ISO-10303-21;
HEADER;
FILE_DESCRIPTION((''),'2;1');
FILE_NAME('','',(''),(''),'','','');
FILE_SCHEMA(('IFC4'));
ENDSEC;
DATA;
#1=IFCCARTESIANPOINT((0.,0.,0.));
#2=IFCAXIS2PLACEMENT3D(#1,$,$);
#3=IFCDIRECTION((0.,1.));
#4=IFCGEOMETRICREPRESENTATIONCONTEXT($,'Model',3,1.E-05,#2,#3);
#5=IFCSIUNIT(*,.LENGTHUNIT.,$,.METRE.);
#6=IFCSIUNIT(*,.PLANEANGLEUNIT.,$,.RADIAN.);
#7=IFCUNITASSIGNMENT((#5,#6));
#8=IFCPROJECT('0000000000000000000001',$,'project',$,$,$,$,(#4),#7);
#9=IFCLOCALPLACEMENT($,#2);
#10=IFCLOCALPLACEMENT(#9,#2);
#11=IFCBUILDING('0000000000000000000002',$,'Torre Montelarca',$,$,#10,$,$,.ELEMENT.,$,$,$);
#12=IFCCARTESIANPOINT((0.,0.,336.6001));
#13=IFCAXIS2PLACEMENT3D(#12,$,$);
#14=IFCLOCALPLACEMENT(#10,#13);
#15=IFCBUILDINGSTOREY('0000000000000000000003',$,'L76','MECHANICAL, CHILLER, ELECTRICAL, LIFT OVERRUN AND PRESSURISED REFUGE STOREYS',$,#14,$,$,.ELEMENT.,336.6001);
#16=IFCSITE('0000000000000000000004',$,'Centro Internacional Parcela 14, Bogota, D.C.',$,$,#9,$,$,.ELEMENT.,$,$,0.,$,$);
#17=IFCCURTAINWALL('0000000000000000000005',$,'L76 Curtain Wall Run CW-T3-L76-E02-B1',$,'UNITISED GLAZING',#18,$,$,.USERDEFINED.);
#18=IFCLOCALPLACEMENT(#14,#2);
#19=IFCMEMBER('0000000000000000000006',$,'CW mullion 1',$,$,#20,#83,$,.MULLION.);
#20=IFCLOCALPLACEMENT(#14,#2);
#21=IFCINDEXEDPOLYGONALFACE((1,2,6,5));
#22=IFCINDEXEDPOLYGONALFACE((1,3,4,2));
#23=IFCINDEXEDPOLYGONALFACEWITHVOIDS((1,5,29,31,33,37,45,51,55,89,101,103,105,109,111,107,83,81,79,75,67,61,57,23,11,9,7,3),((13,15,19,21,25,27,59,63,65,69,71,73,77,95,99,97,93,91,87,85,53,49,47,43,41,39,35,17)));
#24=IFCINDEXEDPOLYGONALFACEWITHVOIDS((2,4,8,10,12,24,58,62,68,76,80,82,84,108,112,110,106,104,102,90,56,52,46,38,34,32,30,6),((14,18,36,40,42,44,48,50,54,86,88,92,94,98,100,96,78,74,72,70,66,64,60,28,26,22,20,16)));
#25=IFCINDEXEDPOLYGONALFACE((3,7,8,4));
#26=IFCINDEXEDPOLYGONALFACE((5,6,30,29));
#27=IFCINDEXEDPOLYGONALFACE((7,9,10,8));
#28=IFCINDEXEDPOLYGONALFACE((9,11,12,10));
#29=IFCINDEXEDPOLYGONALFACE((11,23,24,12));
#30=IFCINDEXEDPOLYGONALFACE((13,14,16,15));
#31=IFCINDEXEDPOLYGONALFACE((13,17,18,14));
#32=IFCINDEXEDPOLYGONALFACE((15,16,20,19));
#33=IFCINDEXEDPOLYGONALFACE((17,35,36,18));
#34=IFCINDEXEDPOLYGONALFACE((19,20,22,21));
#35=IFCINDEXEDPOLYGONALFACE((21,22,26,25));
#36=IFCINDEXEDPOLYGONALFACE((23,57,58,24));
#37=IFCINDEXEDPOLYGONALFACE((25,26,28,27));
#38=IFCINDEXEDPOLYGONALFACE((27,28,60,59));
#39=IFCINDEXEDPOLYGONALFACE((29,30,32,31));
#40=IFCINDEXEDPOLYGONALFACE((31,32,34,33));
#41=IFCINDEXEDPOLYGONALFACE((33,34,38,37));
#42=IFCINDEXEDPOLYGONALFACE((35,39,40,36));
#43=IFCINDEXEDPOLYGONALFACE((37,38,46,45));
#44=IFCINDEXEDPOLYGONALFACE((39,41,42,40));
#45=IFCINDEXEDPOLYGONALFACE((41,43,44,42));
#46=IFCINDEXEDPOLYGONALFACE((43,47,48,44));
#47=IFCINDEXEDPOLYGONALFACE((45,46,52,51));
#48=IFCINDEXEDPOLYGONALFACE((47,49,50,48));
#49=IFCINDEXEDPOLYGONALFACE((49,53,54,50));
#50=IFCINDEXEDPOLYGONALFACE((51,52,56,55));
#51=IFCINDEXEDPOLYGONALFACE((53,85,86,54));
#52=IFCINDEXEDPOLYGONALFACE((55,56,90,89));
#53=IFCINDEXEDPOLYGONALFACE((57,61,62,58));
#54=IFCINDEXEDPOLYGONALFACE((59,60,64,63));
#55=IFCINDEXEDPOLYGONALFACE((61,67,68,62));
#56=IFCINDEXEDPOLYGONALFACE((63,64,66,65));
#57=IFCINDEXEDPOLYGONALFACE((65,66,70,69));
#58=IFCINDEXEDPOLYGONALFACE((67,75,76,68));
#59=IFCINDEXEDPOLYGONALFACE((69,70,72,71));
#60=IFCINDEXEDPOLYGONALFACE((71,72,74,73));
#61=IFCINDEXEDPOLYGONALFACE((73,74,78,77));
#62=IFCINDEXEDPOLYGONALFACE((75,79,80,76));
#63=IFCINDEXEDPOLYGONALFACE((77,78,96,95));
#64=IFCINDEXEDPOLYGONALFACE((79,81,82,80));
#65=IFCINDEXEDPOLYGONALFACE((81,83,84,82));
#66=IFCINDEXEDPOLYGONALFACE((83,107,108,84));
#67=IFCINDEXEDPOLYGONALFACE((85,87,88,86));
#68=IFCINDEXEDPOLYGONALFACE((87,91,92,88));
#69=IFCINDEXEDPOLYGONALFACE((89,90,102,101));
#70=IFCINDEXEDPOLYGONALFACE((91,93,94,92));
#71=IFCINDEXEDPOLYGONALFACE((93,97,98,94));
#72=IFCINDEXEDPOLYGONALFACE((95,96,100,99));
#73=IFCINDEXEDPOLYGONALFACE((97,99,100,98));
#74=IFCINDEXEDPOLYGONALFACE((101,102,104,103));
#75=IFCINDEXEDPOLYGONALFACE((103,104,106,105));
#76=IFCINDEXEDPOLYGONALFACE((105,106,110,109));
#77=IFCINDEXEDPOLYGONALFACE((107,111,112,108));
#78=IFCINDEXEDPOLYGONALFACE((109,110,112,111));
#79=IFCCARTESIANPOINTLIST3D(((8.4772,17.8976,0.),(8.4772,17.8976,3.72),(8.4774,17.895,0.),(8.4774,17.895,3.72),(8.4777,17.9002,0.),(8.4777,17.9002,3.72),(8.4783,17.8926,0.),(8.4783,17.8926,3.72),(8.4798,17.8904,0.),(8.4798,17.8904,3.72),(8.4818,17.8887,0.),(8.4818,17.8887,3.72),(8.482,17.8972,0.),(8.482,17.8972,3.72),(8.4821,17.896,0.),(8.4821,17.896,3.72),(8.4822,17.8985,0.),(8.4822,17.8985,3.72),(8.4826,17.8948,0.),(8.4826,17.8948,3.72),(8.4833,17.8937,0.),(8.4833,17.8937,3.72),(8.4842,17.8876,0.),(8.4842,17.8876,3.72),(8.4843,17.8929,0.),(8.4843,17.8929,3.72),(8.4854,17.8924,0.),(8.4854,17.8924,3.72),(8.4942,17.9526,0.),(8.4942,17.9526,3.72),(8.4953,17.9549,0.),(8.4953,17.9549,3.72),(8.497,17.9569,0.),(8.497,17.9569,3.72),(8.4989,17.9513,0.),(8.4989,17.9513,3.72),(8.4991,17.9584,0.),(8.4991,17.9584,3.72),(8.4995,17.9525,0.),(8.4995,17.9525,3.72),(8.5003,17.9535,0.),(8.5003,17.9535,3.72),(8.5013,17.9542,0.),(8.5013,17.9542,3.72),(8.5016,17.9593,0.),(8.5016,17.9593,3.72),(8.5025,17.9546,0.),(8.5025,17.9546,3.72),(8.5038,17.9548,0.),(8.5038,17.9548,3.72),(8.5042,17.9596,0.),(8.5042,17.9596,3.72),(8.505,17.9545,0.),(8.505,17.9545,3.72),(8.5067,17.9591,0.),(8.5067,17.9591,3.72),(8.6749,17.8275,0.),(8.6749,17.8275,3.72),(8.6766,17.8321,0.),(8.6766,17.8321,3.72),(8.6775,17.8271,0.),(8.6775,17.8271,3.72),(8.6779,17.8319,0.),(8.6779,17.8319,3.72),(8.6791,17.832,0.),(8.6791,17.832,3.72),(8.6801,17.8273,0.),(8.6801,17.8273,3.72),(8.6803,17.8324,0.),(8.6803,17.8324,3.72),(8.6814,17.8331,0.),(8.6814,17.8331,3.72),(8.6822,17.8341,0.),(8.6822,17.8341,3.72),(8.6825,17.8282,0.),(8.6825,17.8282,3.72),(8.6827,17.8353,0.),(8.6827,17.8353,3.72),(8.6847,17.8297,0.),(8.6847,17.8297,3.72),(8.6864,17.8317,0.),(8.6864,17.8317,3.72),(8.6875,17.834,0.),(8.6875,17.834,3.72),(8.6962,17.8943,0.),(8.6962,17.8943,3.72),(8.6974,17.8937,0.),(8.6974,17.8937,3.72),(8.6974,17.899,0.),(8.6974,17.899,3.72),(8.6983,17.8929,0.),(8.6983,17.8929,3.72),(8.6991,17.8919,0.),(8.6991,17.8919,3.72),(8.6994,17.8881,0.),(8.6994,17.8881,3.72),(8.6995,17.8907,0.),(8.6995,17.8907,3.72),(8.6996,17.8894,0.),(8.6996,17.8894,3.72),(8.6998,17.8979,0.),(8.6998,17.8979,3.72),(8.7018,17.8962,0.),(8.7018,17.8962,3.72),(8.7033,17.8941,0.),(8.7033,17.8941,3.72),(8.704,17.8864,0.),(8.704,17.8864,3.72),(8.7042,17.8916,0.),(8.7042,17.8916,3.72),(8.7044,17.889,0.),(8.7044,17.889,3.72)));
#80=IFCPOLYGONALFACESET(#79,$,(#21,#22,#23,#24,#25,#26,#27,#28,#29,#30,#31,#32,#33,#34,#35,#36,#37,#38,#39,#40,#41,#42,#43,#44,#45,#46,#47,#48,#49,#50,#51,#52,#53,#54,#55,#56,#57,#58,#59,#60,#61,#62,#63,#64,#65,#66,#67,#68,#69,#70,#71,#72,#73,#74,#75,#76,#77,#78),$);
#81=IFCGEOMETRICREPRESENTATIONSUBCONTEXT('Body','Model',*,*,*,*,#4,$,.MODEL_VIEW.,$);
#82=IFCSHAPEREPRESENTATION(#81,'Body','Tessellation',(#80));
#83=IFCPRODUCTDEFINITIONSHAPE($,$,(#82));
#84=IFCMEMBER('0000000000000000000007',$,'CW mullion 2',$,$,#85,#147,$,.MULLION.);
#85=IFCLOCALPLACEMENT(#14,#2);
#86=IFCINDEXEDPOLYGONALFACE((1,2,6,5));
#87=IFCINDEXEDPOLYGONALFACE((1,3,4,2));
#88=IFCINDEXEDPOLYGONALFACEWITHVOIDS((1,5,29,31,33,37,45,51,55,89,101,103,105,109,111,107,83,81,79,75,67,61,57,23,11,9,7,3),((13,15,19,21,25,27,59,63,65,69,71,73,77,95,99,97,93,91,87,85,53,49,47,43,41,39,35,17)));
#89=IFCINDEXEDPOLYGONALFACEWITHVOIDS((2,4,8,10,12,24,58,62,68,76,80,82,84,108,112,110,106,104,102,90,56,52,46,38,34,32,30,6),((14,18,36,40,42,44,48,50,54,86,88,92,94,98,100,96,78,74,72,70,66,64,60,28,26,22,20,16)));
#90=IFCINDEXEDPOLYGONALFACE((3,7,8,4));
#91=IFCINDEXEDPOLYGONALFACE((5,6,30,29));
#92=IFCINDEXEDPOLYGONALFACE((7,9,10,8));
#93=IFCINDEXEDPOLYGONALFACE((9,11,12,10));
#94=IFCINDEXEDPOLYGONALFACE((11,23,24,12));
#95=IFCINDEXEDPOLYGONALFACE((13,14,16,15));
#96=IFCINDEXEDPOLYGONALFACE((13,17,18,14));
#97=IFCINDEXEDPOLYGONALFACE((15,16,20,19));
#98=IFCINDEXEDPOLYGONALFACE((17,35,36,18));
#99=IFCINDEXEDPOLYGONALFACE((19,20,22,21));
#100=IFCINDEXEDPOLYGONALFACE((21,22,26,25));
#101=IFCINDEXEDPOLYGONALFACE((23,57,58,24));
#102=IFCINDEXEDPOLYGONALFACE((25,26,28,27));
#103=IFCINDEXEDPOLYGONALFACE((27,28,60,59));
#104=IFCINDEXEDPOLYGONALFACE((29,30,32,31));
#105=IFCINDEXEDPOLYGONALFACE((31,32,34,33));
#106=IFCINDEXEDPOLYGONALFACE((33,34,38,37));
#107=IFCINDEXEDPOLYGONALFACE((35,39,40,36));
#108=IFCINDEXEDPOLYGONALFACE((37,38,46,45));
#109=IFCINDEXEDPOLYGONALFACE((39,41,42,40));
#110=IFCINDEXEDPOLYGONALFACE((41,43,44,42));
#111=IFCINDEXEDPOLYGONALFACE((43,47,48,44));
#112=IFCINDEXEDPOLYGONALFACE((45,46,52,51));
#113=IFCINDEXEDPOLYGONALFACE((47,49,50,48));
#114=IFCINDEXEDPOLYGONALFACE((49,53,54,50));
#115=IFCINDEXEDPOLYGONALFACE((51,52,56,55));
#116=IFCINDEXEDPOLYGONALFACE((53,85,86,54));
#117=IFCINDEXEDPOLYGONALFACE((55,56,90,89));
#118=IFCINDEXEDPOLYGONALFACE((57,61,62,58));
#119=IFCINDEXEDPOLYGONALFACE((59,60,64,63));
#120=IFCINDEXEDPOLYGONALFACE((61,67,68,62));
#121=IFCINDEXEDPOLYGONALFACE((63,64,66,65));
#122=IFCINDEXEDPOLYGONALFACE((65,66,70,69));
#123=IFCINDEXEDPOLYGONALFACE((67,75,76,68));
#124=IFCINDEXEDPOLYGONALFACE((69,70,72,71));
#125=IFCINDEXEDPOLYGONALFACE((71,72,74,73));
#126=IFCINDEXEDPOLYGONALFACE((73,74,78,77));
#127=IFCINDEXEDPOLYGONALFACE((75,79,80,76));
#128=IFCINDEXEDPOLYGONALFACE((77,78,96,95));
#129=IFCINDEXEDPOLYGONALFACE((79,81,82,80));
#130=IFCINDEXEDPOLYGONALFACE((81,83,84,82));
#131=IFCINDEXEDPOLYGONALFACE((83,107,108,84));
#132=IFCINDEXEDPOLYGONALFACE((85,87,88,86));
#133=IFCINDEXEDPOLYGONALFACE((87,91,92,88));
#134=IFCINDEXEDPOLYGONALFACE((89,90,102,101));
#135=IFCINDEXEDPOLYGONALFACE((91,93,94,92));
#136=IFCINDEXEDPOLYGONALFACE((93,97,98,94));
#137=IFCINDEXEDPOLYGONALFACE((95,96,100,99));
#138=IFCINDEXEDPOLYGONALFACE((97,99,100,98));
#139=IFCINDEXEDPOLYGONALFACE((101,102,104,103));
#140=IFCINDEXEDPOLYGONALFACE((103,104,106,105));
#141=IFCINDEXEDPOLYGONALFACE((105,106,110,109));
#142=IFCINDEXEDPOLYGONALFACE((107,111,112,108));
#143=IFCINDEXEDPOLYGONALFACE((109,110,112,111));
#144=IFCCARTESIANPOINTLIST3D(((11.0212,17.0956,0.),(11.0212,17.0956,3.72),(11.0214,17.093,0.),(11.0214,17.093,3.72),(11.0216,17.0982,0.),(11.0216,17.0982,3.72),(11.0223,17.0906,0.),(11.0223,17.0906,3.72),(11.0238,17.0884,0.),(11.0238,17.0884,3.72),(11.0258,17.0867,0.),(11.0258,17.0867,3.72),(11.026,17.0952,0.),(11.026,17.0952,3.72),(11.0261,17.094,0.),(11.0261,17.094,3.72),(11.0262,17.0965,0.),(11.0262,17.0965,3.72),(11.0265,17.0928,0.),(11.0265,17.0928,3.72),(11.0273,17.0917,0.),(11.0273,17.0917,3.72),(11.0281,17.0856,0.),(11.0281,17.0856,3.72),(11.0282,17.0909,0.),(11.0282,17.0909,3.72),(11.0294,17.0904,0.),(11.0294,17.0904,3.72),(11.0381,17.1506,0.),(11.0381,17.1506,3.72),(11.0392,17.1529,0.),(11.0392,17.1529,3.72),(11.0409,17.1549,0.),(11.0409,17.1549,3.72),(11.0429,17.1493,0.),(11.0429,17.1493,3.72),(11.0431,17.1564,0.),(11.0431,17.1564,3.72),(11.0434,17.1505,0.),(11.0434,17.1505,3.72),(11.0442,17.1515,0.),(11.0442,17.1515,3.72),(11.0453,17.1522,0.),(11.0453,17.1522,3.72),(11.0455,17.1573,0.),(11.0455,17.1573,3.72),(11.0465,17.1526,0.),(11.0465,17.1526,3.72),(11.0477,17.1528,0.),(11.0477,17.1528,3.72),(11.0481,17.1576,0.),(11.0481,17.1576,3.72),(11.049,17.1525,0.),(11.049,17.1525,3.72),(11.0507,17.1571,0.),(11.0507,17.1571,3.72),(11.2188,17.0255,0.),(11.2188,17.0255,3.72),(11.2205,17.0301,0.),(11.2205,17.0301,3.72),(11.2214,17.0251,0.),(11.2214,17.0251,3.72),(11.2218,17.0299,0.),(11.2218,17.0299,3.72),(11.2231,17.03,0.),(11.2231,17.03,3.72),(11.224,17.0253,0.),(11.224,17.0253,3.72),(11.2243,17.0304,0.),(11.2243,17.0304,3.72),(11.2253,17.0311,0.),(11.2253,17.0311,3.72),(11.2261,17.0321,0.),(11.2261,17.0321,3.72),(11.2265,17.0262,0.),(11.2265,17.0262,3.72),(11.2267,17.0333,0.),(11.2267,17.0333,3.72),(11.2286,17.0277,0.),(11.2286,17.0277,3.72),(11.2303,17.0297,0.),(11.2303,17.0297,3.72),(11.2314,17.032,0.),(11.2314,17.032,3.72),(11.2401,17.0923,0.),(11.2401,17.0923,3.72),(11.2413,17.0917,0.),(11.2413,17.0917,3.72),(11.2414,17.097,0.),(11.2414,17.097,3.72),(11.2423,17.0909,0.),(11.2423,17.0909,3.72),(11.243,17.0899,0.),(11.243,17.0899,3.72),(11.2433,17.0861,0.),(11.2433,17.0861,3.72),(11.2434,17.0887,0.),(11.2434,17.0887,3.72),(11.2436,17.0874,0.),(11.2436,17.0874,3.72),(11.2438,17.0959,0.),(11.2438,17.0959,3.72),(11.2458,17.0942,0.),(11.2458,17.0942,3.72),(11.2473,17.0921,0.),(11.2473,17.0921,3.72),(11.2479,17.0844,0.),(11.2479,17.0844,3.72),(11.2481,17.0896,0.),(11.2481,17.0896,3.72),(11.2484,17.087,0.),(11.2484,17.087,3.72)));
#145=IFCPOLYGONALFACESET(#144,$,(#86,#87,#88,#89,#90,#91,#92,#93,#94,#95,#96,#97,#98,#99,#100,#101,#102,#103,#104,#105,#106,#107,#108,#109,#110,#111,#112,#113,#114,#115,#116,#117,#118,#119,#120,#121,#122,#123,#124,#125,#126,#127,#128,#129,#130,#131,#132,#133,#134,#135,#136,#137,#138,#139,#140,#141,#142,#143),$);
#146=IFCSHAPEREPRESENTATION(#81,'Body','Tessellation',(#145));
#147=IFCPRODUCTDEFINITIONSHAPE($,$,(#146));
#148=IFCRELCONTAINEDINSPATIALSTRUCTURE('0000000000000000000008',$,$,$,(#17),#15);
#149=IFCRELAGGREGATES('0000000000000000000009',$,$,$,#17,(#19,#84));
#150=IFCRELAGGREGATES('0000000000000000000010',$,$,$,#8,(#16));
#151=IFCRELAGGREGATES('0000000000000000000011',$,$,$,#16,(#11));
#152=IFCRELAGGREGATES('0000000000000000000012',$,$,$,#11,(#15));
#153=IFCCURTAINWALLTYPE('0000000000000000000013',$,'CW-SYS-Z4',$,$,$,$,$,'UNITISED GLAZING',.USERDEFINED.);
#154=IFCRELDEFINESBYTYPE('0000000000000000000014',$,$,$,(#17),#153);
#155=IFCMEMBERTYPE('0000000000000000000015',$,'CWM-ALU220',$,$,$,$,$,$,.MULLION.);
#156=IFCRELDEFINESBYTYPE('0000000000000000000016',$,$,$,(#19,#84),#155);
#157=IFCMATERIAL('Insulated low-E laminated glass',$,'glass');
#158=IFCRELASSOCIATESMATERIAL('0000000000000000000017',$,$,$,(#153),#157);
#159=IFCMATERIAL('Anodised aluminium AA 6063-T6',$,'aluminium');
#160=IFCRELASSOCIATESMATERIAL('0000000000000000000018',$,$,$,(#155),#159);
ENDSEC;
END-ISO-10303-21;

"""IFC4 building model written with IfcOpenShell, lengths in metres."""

from ifc_helpers import new_model, si_unit, direction, frame, origin, origin_2d, place, context, subcontext, project, spatial, hollow_rectangle, extrude, source, transform, mapped, material, material_profile, profile_set, type_object, element, aggregate, save


model = new_model("IFC4")

# Units and contexts
model_context = context("Model", 3, precision=1e-05, world=origin(), true_north=direction((0.0, 1.0)))
body_context = subcontext(model_context, "Body", "Model", "MODEL_VIEW")
ifc_project = project(units=[si_unit("LENGTHUNIT", "METRE"), si_unit("PLANEANGLEUNIT", "RADIAN")], contexts=[model_context])

# Site, building, storey
site_placement = place(None, origin())
site = spatial("IfcSite", under=ifc_project, at=site_placement, Name="Centro Internacional Parcela 14, Bogota, D.C.", CompositionType="ELEMENT", RefElevation=0.0)
building_placement = place(site_placement, origin())
building = spatial("IfcBuilding", under=site, at=building_placement, Name="Torre Montelarca", CompositionType="ELEMENT")
storey_placement = place(building_placement, frame((0.0, 0.0, 336.6001)))
storey = spatial("IfcBuildingStorey", under=building, at=storey_placement, Name="L76", Description="MECHANICAL, CHILLER, ELECTRICAL, LIFT OVERRUN AND PRESSURISED REFUGE STOREYS", CompositionType="ELEMENT", Elevation=336.6001)

# Curtain wall, members
ifc_material_1 = material(Name="Insulated low-E laminated glass", Category="glass")
curtain_wall_type = type_object("IfcCurtainWallType", Name="CW-SYS-Z4", ElementType="UNITISED GLAZING", PredefinedType="USERDEFINED", material=ifc_material_1)
ifc_material_2 = material(Name="Anodised aluminium AA 6063-T6", Category="aluminium")
ifc_material_profile_1 = material_profile(ifc_material_2, hollow_rectangle(XDim=0.075, YDim=0.22, WallThickness=0.0049, InnerFilletRadius=0.0049, OuterFilletRadius=0.01, at=origin_2d()), Name="ALU75X220X5", Category="aluminium")
ifc_profile_set_1 = profile_set([ifc_material_profile_1], Name="Anodised aluminium AA 6063-T6")
member_type_1 = type_object("IfcMemberType", Name="CWM-ALU220", PredefinedType="MULLION", material=ifc_profile_set_1)
shared_shape_1 = source(origin(), body_context, "Body", "SweptSolid", [
    extrude(hollow_rectangle(XDim=0.075, YDim=0.22, WallThickness=0.0049, InnerFilletRadius=0.0049, OuterFilletRadius=0.01, at=origin_2d()), origin(), (0.0, 0.0, 1.0), 3.72),
])
curtain_wall_1_placement = place(storey_placement, origin())
curtain_wall_1 = element("IfcCurtainWall", 1, at=curtain_wall_1_placement, inside=storey, type_object=curtain_wall_type, Name="L76 Curtain Wall Run CW-T3-L76-E02-B1", ObjectType="UNITISED GLAZING", PredefinedType="USERDEFINED")
member_1_placement = place(storey_placement, frame((8.5908, 17.8933, 0.0), z_axis=(0.0, 0.0, 1.0), x_axis=(0.300698, 0.953719, 0.0)))
member_1 = element("IfcMember", 2, at=member_1_placement, type_object=member_type_1, Name="CW mullion 1", PredefinedType="MULLION", context=body_context, shape_type="MappedRepresentation", body=[
    mapped(shared_shape_1, transform((0.0, 0.0, 0.0), scale=1.0)),
])
member_2_placement = place(storey_placement, frame((11.1348, 17.0913, 0.0), z_axis=(0.0, 0.0, 1.0), x_axis=(0.300698, 0.953719, 0.0)))
member_2 = element("IfcMember", 3, at=member_2_placement, type_object=member_type_1, Name="CW mullion 2", PredefinedType="MULLION", context=body_context, shape_type="MappedRepresentation", body=[
    mapped(shared_shape_1, transform((0.0, 0.0, 0.0), scale=1.0)),
])

aggregate(curtain_wall_1, [member_1, member_2])

save(model, "model.ifc")
